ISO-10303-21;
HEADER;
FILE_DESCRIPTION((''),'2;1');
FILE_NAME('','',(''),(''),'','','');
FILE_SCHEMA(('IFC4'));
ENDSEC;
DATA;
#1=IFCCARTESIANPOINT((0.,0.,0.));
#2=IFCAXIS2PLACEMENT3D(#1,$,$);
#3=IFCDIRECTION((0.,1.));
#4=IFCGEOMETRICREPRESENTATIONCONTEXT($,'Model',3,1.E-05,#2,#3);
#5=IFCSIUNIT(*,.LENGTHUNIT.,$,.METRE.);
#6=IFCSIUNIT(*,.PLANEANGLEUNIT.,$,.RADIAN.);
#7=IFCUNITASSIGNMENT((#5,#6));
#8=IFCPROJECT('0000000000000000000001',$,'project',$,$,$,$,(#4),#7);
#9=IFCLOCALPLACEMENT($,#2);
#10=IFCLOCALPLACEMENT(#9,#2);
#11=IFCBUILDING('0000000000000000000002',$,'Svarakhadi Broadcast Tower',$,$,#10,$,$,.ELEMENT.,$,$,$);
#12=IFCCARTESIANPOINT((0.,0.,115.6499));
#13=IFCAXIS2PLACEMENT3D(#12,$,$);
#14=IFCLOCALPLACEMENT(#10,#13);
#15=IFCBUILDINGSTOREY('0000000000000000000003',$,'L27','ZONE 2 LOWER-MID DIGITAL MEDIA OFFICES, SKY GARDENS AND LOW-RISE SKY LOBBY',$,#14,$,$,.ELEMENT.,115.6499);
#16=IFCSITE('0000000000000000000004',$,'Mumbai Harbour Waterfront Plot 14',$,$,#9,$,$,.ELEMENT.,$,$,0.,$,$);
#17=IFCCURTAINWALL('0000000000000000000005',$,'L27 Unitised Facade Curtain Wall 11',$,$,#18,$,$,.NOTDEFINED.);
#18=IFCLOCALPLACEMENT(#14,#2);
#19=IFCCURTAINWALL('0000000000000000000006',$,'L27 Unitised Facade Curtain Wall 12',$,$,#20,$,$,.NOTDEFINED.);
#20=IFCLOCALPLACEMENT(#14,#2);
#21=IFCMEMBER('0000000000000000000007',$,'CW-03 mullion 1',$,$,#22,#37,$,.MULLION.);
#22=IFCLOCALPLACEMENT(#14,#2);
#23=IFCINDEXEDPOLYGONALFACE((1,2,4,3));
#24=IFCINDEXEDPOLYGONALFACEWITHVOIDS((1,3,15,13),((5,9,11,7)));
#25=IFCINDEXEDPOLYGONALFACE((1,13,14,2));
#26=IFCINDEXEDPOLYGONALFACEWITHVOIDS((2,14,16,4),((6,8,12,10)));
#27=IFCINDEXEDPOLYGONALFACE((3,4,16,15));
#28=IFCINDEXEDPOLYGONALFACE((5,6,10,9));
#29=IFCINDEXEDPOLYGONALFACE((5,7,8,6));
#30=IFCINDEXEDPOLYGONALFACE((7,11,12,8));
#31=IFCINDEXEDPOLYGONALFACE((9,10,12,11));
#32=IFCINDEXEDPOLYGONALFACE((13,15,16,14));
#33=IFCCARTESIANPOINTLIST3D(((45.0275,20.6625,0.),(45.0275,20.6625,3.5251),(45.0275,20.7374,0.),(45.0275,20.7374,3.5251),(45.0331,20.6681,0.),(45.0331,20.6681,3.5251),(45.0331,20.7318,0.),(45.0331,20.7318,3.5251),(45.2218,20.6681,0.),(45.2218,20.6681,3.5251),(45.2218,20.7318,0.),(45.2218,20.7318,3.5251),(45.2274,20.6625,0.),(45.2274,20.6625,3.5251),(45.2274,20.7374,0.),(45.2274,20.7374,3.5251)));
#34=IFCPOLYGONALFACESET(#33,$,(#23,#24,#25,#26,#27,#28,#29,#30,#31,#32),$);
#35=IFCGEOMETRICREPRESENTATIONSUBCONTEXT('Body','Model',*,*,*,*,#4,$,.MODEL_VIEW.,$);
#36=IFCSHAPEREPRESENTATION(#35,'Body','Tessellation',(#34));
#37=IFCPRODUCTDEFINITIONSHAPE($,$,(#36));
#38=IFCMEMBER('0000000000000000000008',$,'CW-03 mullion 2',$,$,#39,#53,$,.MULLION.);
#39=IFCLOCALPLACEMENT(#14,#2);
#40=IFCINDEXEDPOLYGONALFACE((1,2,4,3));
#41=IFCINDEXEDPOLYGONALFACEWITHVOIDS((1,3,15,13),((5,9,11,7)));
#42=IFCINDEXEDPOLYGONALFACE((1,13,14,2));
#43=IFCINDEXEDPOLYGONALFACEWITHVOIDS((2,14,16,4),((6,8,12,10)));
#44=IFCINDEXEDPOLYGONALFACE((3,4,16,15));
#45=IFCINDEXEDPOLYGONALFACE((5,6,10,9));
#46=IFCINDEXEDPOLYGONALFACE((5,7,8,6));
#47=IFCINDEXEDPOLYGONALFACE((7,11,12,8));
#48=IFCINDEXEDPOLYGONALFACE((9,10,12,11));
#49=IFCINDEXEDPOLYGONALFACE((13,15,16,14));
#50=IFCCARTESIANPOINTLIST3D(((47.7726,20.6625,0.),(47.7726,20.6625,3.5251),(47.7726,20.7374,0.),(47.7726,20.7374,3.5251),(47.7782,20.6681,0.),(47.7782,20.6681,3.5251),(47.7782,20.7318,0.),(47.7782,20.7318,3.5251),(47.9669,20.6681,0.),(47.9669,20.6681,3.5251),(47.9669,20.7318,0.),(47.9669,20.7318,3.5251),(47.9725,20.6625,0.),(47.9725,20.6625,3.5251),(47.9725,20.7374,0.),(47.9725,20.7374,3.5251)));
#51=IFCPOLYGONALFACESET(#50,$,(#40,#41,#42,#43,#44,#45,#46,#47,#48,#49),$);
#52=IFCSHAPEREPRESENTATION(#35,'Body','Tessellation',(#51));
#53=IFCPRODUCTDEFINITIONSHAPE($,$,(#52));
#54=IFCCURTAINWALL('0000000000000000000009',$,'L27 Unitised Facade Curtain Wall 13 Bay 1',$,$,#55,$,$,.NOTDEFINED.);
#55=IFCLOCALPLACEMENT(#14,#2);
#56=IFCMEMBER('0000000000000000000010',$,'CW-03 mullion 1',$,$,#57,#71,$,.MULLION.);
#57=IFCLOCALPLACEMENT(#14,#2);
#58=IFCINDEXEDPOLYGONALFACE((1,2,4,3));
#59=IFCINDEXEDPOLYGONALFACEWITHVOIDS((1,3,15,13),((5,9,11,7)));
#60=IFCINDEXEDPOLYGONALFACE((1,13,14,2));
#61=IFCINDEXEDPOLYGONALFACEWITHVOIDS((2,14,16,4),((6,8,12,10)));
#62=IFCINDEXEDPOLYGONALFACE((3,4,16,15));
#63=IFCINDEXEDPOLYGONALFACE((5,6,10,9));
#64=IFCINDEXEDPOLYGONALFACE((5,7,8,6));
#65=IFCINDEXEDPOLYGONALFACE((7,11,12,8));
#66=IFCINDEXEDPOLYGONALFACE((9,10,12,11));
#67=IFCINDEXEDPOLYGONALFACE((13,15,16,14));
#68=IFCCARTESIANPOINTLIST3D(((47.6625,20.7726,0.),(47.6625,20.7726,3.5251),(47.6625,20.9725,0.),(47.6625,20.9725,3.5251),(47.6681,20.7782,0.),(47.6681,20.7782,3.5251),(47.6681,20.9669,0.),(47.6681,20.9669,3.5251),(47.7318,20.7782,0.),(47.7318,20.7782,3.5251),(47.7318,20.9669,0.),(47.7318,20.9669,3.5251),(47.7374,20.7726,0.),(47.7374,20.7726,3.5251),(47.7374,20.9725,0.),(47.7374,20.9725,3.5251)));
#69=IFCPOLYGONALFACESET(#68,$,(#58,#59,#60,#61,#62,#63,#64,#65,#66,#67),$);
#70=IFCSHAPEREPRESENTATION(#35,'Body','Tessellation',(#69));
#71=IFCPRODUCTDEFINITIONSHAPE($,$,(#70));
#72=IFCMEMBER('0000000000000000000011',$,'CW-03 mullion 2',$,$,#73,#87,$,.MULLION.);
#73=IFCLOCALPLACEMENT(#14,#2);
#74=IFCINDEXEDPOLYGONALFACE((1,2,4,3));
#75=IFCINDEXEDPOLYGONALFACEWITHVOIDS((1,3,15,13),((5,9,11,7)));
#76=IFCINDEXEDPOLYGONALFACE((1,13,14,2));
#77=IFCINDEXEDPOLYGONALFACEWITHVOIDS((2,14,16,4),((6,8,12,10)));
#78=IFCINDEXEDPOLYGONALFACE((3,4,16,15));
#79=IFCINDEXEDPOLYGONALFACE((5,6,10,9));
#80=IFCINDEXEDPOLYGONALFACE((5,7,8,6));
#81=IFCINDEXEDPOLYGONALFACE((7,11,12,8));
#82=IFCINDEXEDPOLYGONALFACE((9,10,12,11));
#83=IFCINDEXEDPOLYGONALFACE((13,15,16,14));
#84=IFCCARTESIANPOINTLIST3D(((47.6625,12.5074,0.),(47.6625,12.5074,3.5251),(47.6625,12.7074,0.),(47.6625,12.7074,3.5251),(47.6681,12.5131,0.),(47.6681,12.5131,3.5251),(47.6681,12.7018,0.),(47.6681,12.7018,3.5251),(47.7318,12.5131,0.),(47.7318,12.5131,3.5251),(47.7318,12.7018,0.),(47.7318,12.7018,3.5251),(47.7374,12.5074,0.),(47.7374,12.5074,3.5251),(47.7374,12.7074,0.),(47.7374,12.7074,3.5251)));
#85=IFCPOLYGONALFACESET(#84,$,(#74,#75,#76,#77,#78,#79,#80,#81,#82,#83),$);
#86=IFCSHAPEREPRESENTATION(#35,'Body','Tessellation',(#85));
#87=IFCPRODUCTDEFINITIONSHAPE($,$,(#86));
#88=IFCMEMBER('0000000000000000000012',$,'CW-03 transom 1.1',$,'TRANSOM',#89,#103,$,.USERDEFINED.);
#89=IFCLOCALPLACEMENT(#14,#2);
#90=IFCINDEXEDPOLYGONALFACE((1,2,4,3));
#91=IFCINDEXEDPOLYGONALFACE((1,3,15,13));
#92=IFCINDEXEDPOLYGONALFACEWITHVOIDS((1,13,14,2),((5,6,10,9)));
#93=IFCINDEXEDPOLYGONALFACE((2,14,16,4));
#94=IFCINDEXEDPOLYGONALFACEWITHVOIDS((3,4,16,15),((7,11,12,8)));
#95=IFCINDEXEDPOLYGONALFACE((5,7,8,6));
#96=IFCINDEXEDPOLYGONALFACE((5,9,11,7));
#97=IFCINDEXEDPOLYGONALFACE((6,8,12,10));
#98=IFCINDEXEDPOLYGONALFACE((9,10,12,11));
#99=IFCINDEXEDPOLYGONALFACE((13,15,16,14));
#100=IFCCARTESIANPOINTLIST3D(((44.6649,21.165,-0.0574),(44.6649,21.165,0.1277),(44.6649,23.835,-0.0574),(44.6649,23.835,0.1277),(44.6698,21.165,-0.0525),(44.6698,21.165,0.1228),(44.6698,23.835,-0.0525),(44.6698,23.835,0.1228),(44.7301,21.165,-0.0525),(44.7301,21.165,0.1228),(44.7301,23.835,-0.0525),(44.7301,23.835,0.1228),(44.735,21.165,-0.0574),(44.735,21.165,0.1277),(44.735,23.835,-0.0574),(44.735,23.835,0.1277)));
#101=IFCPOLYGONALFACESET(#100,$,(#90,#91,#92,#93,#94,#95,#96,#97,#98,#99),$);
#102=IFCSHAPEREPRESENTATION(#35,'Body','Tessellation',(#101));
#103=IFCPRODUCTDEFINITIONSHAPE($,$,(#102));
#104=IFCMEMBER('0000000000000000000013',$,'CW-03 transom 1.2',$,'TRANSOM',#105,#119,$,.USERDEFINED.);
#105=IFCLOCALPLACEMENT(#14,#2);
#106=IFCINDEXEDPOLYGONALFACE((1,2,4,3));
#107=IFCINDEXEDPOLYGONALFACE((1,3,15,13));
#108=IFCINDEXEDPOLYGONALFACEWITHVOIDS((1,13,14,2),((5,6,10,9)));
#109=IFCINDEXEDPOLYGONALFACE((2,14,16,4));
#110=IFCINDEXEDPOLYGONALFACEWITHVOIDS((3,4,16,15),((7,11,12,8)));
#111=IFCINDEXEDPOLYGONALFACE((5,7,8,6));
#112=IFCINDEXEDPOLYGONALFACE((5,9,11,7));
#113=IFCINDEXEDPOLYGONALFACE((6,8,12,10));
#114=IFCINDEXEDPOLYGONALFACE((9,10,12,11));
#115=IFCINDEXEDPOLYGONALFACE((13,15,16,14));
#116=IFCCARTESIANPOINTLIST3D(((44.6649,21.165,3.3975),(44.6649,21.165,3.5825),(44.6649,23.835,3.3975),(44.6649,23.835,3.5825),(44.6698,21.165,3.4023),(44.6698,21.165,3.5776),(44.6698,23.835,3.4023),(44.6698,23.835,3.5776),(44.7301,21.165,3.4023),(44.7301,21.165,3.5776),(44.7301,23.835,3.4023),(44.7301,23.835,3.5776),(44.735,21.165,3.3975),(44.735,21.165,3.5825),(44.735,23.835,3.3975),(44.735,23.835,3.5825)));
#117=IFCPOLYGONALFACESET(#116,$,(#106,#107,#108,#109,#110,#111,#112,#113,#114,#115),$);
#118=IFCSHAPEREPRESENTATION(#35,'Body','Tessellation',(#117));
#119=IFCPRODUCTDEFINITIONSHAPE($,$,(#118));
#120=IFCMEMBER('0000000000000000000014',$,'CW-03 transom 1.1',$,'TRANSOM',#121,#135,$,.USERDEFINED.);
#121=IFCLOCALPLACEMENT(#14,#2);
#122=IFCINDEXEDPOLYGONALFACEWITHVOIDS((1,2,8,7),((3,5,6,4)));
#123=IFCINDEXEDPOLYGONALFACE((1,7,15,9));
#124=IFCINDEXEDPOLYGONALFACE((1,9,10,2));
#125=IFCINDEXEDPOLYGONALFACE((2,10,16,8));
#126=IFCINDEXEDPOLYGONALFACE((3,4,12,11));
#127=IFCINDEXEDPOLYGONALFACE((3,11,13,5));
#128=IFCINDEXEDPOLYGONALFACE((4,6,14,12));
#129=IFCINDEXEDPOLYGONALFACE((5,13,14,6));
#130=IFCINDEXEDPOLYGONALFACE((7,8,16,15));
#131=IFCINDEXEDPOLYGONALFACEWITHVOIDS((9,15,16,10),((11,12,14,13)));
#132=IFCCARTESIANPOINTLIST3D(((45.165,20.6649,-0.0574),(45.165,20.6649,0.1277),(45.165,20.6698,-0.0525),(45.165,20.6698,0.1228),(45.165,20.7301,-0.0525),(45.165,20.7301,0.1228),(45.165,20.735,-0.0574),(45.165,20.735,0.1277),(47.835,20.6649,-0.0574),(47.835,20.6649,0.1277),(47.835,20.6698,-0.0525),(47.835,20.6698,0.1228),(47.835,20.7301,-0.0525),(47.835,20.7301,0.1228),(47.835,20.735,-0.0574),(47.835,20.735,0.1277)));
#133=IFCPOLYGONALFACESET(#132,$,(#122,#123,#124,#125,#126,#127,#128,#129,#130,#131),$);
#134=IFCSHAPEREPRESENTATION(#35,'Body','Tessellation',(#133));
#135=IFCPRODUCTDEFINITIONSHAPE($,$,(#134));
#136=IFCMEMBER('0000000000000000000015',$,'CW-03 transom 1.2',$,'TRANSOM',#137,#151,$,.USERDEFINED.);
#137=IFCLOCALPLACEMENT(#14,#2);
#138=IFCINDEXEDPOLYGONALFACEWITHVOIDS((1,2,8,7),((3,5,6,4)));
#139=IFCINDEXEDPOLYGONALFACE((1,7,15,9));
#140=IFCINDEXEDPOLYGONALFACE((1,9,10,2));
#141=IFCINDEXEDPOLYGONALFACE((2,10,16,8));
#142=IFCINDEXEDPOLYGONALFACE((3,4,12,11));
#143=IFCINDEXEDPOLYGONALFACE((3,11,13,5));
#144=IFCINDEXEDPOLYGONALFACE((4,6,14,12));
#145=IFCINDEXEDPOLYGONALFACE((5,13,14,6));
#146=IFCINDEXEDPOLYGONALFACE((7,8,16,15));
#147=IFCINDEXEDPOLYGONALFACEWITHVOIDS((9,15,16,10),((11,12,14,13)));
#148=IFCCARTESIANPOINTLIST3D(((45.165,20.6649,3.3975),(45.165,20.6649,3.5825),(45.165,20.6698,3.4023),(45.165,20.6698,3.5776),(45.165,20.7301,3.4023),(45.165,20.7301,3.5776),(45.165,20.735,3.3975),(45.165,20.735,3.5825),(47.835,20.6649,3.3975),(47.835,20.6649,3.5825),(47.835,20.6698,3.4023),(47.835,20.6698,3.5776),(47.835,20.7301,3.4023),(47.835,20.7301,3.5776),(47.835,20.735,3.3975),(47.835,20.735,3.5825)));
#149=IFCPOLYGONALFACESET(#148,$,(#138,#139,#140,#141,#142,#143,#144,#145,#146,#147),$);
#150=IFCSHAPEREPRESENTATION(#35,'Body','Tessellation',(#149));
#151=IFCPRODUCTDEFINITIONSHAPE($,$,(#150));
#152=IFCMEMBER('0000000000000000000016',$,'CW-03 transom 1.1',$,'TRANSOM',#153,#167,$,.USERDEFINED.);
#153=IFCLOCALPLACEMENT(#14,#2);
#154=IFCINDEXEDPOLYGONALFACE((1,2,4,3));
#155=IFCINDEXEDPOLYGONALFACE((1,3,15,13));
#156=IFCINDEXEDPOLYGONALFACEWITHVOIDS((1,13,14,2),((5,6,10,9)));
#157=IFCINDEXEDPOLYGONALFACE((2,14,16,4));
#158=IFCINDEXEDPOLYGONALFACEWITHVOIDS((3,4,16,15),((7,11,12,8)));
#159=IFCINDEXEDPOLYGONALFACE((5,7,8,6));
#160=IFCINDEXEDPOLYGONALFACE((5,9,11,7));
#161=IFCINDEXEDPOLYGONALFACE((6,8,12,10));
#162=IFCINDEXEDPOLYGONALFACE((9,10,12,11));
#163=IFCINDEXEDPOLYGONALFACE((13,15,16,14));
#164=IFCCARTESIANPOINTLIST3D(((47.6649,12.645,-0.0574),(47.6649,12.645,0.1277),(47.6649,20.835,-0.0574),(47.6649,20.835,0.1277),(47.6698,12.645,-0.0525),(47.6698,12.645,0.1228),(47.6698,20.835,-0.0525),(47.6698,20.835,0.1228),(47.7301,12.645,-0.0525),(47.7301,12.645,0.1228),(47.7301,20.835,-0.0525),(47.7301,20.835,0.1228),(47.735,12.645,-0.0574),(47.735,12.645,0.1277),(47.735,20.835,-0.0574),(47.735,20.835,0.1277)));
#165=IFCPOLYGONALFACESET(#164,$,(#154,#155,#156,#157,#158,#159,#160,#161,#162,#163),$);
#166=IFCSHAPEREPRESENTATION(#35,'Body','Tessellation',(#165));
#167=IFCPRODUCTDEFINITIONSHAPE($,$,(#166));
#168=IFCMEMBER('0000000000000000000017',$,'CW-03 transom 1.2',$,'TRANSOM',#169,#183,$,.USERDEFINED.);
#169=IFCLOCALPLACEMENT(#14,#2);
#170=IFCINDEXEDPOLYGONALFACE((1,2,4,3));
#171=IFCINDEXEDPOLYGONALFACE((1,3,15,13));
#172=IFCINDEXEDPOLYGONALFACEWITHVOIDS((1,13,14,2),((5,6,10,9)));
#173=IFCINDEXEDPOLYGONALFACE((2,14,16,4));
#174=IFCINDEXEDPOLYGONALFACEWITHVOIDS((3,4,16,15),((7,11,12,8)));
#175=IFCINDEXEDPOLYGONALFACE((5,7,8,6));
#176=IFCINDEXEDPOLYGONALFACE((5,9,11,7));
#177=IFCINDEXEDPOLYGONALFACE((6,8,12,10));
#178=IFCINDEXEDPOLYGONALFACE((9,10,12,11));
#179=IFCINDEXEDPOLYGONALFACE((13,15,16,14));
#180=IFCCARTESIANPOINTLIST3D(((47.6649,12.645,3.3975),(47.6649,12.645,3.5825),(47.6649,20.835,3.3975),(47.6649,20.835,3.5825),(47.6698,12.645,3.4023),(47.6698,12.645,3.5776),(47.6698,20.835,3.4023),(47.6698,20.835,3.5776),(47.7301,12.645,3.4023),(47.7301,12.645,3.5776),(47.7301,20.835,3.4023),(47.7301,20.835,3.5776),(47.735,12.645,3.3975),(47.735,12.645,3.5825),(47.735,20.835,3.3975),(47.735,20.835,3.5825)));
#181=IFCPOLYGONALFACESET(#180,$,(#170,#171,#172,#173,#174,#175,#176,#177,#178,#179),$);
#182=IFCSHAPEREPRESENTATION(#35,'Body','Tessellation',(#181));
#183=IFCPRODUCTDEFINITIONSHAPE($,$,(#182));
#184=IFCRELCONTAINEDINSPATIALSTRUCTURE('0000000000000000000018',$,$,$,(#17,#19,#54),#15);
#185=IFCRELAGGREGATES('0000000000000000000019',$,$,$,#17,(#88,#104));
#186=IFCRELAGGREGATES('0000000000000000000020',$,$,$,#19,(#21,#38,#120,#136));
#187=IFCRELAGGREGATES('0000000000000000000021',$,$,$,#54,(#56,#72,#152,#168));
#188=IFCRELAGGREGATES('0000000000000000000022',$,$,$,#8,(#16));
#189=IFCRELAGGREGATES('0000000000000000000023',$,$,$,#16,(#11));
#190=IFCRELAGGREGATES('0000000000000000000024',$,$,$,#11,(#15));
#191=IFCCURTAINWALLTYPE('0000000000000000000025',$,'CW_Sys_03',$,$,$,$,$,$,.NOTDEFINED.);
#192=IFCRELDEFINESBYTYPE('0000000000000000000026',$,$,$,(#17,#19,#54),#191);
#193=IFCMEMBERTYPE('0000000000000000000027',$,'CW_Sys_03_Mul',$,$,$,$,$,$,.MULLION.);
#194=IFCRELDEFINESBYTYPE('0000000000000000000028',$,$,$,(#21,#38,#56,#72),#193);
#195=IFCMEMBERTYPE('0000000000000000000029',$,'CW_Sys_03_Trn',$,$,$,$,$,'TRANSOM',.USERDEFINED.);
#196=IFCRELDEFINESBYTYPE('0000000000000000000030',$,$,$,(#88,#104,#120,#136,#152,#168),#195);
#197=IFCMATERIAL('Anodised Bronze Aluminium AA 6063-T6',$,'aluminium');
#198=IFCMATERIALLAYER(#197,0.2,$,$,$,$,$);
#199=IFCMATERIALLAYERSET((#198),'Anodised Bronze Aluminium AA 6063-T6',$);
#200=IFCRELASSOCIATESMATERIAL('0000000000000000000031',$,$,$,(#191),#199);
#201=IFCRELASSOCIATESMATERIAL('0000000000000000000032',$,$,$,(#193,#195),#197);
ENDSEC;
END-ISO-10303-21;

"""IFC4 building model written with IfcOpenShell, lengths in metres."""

from ifc_helpers import new_model, si_unit, direction, frame, origin, origin_2d, place, context, subcontext, project, spatial, hollow_rectangle, extrude, material, layer, layer_set, material_profile, profile_set, type_object, element, aggregate, save


model = new_model("IFC4")

# Units and contexts
model_context = context("Model", 3, precision=1e-05, world=origin(), true_north=direction((0.0, 1.0)))
body_context = subcontext(model_context, "Body", "Model", "MODEL_VIEW")
ifc_project = project(units=[si_unit("LENGTHUNIT", "METRE"), si_unit("PLANEANGLEUNIT", "RADIAN")], contexts=[model_context])

# Site, building, storey
site_placement = place(None, origin())
site = spatial("IfcSite", under=ifc_project, at=site_placement, Name="Mumbai Harbour Waterfront Plot 14", CompositionType="ELEMENT", RefElevation=0.0)
building_placement = place(site_placement, origin())
building = spatial("IfcBuilding", under=site, at=building_placement, Name="Svarakhadi Broadcast Tower", CompositionType="ELEMENT")
storey_placement = place(building_placement, frame((0.0, 0.0, 115.6499)))
storey = spatial("IfcBuildingStorey", under=building, at=storey_placement, Name="L27", Description="ZONE 2 LOWER-MID DIGITAL MEDIA OFFICES, SKY GARDENS AND LOW-RISE SKY LOBBY", CompositionType="ELEMENT", Elevation=115.6499)

# Shared definitions
ifc_material_1 = material(Name="Anodised Bronze Aluminium AA 6063-T6", Category="aluminium")
ifc_layer_1 = layer(ifc_material_1, 0.2)
ifc_layer_set_1 = layer_set([ifc_layer_1], Name="Anodised Bronze Aluminium AA 6063-T6")
curtain_wall_type = type_object("IfcCurtainWallType", Name="CW_Sys_03", PredefinedType="NOTDEFINED", material=ifc_layer_set_1)
ifc_material_profile_1 = material_profile(ifc_material_1, hollow_rectangle(XDim=0.075, YDim=0.2, WallThickness=0.0056, at=origin_2d()), Name="ALU MULLION 200x75x6")
ifc_profile_set_1 = profile_set([ifc_material_profile_1], Name="Anodised Bronze Aluminium AA 6063-T6")
member_type_1 = type_object("IfcMemberType", Name="CW_Sys_03_Mul", PredefinedType="MULLION", material=ifc_profile_set_1)

# Curtain walls, members
curtain_wall_1_placement = place(storey_placement, origin())
curtain_wall_1 = element("IfcCurtainWall", 1, at=curtain_wall_1_placement, inside=storey, type_object=curtain_wall_type, Name="L27 Unitised Facade Curtain Wall 11", PredefinedType="NOTDEFINED")
curtain_wall_2_placement = place(storey_placement, origin())
curtain_wall_2 = element("IfcCurtainWall", 2, at=curtain_wall_2_placement, inside=storey, type_object=curtain_wall_type, Name="L27 Unitised Facade Curtain Wall 12", PredefinedType="NOTDEFINED")
member_1_placement = place(storey_placement, frame((45.1274, 20.7, 0.0), z_axis=(0.0, 0.0, 1.0), x_axis=(0.0, 1.0, 0.0)))
member_1 = element("IfcMember", 3, at=member_1_placement, type_object=member_type_1, Name="CW-03 mullion 1", PredefinedType="MULLION", context=body_context, shape_type="SweptSolid", body=[
    extrude(hollow_rectangle(XDim=0.075, YDim=0.2, WallThickness=0.0056, at=origin_2d()), origin(), (0.0, 0.0, 1.0), 3.5251),
])
member_2_placement = place(storey_placement, frame((47.8726, 20.7, 0.0), z_axis=(0.0, 0.0, 1.0), x_axis=(0.0, 1.0, 0.0)))
member_2 = element("IfcMember", 4, at=member_2_placement, type_object=member_type_1, Name="CW-03 mullion 2", PredefinedType="MULLION", context=body_context, shape_type="SweptSolid", body=[
    extrude(hollow_rectangle(XDim=0.075, YDim=0.2, WallThickness=0.0056, at=origin_2d()), origin(), (0.0, 0.0, 1.0), 3.5251),
])
curtain_wall_3_placement = place(storey_placement, origin())
curtain_wall_3 = element("IfcCurtainWall", 5, at=curtain_wall_3_placement, inside=storey, type_object=curtain_wall_type, Name="L27 Unitised Facade Curtain Wall 13 Bay 1", PredefinedType="NOTDEFINED")
member_3_placement = place(storey_placement, frame((47.7, 20.8726, 0.0), z_axis=(0.0, 0.0, 1.0), x_axis=(1.0, 0.0, 0.0)))
member_3 = element("IfcMember", 6, at=member_3_placement, type_object=member_type_1, Name="CW-03 mullion 1", PredefinedType="MULLION", context=body_context, shape_type="SweptSolid", body=[
    extrude(hollow_rectangle(XDim=0.075, YDim=0.2, WallThickness=0.0056, at=origin_2d()), origin(), (0.0, 0.0, 1.0), 3.5251),
])
member_4_placement = place(storey_placement, frame((47.7, 12.6074, 0.0), z_axis=(0.0, 0.0, 1.0), x_axis=(1.0, 0.0, 0.0)))
member_4 = element("IfcMember", 7, at=member_4_placement, type_object=member_type_1, Name="CW-03 mullion 2", PredefinedType="MULLION", context=body_context, shape_type="SweptSolid", body=[
    extrude(hollow_rectangle(XDim=0.075, YDim=0.2, WallThickness=0.0056, at=origin_2d()), origin(), (0.0, 0.0, 1.0), 3.5251),
])

# Members
ifc_material_profile_2 = material_profile(ifc_material_1, hollow_rectangle(XDim=0.0701, YDim=0.1851, WallThickness=0.0049, at=origin_2d()), Name="ALU TRANSOM 185x70x5")
ifc_profile_set_2 = profile_set([ifc_material_profile_2], Name="Anodised Bronze Aluminium AA 6063-T6")
member_type_2 = type_object("IfcMemberType", Name="CW_Sys_03_Trn", ElementType="TRANSOM", PredefinedType="USERDEFINED", material=ifc_profile_set_2)
member_5_placement = place(storey_placement, frame((44.7, 23.835, 0.0352), z_axis=(0.0, -1.0, 0.0), x_axis=(1.0, 0.0, 0.0)))
member_5 = element("IfcMember", 8, at=member_5_placement, type_object=member_type_2, Name="CW-03 transom 1.1", ObjectType="TRANSOM", PredefinedType="USERDEFINED", context=body_context, shape_type="SweptSolid", body=[
    extrude(hollow_rectangle(XDim=0.0701, YDim=0.1851, WallThickness=0.0049, at=origin_2d()), origin(), (0.0, 0.0, 1.0), 2.6699),
])
member_6_placement = place(storey_placement, frame((44.7, 23.835, 3.49), z_axis=(0.0, -1.0, 0.0), x_axis=(1.0, 0.0, 0.0)))
member_6 = element("IfcMember", 9, at=member_6_placement, type_object=member_type_2, Name="CW-03 transom 1.2", ObjectType="TRANSOM", PredefinedType="USERDEFINED", context=body_context, shape_type="SweptSolid", body=[
    extrude(hollow_rectangle(XDim=0.0701, YDim=0.1851, WallThickness=0.0049, at=origin_2d()), origin(), (0.0, 0.0, 1.0), 2.6699),
])
member_7_placement = place(storey_placement, frame((45.165, 20.7, 0.0352), z_axis=(1.0, 0.0, 0.0), x_axis=(0.0, 1.0, 0.0)))
member_7 = element("IfcMember", 10, at=member_7_placement, type_object=member_type_2, Name="CW-03 transom 1.1", ObjectType="TRANSOM", PredefinedType="USERDEFINED", context=body_context, shape_type="SweptSolid", body=[
    extrude(hollow_rectangle(XDim=0.0701, YDim=0.1851, WallThickness=0.0049, at=origin_2d()), origin(), (0.0, 0.0, 1.0), 2.6699),
])
member_8_placement = place(storey_placement, frame((45.165, 20.7, 3.49), z_axis=(1.0, 0.0, 0.0), x_axis=(0.0, 1.0, 0.0)))
member_8 = element("IfcMember", 11, at=member_8_placement, type_object=member_type_2, Name="CW-03 transom 1.2", ObjectType="TRANSOM", PredefinedType="USERDEFINED", context=body_context, shape_type="SweptSolid", body=[
    extrude(hollow_rectangle(XDim=0.0701, YDim=0.1851, WallThickness=0.0049, at=origin_2d()), origin(), (0.0, 0.0, 1.0), 2.6699),
])
member_9_placement = place(storey_placement, frame((47.7, 20.835, 0.0352), z_axis=(0.0, -1.0, 0.0), x_axis=(1.0, 0.0, 0.0)))
member_9 = element("IfcMember", 12, at=member_9_placement, type_object=member_type_2, Name="CW-03 transom 1.1", ObjectType="TRANSOM", PredefinedType="USERDEFINED", context=body_context, shape_type="SweptSolid", body=[
    extrude(hollow_rectangle(XDim=0.0701, YDim=0.1851, WallThickness=0.0049, at=origin_2d()), origin(), (0.0, 0.0, 1.0), 8.1899),
])
member_10_placement = place(storey_placement, frame((47.7, 20.835, 3.49), z_axis=(0.0, -1.0, 0.0), x_axis=(1.0, 0.0, 0.0)))
member_10 = element("IfcMember", 13, at=member_10_placement, type_object=member_type_2, Name="CW-03 transom 1.2", ObjectType="TRANSOM", PredefinedType="USERDEFINED", context=body_context, shape_type="SweptSolid", body=[
    extrude(hollow_rectangle(XDim=0.0701, YDim=0.1851, WallThickness=0.0049, at=origin_2d()), origin(), (0.0, 0.0, 1.0), 8.1899),
])

aggregate(curtain_wall_1, [member_5, member_6])
aggregate(curtain_wall_2, [member_1, member_2, member_7, member_8])
aggregate(curtain_wall_3, [member_3, member_4, member_9, member_10])

save(model, "model.ifc")
